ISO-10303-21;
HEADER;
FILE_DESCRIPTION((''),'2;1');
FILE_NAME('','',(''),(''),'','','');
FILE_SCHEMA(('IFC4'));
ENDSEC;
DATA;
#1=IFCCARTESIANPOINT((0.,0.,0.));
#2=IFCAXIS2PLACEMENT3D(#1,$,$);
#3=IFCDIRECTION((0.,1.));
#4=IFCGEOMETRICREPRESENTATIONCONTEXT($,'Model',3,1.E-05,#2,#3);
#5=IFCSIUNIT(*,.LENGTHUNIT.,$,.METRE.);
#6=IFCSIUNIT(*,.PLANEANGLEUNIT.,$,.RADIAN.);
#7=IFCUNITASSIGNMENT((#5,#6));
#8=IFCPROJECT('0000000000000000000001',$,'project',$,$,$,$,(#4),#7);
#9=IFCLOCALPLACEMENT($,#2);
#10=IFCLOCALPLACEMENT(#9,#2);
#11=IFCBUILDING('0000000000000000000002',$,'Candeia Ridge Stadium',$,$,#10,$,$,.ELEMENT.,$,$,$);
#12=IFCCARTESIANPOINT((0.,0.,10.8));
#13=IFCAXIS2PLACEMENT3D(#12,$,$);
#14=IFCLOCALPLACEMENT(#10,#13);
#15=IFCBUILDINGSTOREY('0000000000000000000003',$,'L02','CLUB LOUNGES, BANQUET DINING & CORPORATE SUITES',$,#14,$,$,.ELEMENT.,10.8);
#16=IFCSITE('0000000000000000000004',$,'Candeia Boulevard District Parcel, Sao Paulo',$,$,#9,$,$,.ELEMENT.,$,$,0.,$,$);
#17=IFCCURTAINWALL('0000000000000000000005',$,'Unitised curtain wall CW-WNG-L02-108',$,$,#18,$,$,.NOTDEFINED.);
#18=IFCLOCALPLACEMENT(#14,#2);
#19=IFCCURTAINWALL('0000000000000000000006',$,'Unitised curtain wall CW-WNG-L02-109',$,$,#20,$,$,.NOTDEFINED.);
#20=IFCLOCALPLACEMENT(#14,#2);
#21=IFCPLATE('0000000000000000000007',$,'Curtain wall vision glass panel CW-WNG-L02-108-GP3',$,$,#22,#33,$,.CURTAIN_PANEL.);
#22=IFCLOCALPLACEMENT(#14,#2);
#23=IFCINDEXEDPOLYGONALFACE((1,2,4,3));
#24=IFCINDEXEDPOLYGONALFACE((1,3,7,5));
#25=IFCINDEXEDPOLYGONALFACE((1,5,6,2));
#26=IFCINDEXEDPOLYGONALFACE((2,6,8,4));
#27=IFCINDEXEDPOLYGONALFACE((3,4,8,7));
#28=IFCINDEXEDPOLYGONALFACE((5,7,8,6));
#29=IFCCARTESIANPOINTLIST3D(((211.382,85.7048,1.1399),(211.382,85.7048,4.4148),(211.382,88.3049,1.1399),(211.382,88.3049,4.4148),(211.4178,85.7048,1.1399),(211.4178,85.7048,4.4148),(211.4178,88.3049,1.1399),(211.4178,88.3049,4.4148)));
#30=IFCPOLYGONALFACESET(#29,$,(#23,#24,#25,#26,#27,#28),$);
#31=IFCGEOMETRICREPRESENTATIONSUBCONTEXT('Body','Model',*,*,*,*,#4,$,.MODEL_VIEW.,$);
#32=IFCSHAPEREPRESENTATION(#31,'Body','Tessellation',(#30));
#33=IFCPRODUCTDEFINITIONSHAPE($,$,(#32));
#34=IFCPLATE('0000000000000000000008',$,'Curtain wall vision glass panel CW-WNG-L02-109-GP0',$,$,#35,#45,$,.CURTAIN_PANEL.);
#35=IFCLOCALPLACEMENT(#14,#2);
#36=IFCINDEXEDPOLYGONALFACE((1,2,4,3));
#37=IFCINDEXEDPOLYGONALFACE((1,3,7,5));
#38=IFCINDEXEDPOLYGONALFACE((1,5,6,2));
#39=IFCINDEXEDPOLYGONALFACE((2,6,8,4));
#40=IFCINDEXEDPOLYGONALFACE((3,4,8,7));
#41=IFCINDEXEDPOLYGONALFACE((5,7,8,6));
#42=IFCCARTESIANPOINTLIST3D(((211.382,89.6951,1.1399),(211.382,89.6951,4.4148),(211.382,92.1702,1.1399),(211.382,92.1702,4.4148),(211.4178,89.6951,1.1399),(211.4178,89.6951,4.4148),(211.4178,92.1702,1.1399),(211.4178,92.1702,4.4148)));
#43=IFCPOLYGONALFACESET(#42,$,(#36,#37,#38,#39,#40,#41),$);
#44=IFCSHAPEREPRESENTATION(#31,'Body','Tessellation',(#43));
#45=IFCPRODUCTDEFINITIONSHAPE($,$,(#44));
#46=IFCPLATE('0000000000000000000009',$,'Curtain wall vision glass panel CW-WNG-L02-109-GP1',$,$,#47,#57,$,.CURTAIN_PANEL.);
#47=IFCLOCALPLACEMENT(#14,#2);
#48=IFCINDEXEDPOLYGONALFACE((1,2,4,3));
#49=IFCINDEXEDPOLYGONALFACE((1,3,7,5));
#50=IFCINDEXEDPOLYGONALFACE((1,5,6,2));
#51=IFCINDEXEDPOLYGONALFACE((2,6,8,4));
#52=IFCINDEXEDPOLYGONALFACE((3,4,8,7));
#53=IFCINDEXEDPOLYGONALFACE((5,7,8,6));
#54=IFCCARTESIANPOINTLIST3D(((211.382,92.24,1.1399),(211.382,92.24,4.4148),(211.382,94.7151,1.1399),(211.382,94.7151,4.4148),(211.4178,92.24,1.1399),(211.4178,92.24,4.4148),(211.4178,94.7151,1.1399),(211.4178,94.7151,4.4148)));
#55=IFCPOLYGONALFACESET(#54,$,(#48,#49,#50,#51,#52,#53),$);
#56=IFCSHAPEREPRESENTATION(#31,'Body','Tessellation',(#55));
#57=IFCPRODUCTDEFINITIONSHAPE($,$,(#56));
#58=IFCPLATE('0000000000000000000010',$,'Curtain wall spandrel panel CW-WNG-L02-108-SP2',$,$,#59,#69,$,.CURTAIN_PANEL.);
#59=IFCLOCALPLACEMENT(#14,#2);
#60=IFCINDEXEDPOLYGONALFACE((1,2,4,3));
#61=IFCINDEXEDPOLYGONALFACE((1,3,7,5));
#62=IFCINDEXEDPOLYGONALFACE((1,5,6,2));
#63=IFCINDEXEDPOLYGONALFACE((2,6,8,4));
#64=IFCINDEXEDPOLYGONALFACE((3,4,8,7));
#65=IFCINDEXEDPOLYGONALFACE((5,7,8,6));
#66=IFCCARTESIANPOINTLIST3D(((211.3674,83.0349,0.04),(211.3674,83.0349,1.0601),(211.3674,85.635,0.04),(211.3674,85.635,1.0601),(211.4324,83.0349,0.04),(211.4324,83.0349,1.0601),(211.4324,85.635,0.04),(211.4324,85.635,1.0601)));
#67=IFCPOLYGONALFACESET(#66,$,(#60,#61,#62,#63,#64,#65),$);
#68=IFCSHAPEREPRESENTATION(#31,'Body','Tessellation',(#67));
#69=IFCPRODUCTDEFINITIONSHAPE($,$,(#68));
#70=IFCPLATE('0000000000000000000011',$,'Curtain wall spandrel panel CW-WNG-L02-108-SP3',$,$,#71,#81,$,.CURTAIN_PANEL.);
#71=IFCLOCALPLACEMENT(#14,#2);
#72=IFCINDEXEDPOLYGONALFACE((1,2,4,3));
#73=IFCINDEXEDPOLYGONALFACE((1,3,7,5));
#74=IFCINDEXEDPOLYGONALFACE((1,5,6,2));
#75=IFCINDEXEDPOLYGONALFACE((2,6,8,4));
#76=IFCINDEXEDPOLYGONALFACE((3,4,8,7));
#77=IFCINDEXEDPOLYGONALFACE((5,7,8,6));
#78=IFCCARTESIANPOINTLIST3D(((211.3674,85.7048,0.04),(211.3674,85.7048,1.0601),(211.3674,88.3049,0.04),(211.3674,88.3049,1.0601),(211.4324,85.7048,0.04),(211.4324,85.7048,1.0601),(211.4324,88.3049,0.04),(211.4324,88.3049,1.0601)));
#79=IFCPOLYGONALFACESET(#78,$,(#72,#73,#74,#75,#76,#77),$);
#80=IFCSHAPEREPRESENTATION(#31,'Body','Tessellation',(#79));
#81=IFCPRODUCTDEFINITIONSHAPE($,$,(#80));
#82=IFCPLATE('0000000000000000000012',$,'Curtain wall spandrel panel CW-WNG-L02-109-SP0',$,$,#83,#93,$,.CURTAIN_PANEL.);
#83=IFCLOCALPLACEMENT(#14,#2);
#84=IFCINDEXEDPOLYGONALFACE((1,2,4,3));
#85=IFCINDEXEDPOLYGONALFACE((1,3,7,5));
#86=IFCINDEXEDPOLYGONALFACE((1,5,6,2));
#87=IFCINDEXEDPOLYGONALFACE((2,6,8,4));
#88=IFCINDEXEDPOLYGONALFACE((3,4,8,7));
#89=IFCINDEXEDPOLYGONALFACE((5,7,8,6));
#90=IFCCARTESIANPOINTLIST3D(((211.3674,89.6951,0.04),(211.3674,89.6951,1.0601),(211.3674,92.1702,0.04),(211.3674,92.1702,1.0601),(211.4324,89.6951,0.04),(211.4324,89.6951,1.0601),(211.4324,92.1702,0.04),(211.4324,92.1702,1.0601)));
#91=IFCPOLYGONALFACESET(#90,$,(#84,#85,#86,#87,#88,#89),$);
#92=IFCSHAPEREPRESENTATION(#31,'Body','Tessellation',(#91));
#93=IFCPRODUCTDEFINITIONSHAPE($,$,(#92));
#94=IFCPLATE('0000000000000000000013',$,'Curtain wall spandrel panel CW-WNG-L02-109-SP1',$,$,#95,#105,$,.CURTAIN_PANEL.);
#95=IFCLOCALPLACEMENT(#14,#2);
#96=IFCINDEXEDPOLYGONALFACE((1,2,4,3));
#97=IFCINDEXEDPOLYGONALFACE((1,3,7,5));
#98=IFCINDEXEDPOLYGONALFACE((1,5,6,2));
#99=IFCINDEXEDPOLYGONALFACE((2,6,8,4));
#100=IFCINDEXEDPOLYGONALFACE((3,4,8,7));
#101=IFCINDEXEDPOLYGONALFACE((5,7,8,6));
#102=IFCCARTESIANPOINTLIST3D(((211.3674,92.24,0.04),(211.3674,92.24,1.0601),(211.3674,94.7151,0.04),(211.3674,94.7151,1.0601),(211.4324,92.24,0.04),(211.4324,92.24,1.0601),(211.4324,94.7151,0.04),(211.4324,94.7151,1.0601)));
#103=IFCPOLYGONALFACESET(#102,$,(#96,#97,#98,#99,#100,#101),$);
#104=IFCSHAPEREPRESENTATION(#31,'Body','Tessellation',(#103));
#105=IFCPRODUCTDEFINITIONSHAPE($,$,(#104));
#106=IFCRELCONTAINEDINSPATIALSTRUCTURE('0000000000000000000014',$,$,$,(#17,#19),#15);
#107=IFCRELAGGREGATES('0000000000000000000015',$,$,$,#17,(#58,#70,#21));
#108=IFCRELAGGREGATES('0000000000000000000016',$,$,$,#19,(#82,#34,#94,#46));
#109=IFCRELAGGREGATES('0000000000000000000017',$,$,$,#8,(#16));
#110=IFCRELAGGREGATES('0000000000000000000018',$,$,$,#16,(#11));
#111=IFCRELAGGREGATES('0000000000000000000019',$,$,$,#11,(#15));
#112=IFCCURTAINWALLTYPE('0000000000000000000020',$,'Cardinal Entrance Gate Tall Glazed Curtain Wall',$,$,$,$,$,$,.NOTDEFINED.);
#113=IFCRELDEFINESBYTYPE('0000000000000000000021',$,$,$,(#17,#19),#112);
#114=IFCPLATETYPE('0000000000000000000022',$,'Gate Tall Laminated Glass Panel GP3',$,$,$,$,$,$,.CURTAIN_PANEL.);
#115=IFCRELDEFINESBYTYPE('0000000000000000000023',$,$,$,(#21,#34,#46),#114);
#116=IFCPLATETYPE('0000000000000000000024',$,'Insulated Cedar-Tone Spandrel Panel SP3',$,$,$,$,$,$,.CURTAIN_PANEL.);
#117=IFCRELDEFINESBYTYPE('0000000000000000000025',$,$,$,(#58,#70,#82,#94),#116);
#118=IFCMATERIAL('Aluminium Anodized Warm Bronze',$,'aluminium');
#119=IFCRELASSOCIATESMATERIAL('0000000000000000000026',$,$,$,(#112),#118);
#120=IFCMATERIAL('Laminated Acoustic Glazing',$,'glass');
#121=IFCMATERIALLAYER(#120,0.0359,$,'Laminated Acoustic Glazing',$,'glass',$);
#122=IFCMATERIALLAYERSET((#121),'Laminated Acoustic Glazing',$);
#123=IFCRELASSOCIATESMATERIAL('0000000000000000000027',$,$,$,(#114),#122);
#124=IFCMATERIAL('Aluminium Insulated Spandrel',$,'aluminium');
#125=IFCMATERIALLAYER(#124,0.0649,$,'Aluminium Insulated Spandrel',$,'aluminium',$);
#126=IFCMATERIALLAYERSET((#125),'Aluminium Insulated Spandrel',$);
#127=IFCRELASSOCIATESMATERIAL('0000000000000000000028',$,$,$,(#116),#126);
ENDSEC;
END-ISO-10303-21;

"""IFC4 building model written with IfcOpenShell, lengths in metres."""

from ifc_helpers import new_model, si_unit, direction, frame, origin, origin_2d, place, context, subcontext, project, spatial, rectangle, extrude, material, layer, layer_set, type_object, element, aggregate, save


model = new_model("IFC4")

# Units and contexts
model_context = context("Model", 3, precision=1e-05, world=origin(), true_north=direction((0.0, 1.0)))
body_context = subcontext(model_context, "Body", "Model", "MODEL_VIEW")
ifc_project = project(units=[si_unit("LENGTHUNIT", "METRE"), si_unit("PLANEANGLEUNIT", "RADIAN")], contexts=[model_context])

# Site, building, storey
site_placement = place(None, origin())
site = spatial("IfcSite", under=ifc_project, at=site_placement, Name="Candeia Boulevard District Parcel, Sao Paulo", CompositionType="ELEMENT", RefElevation=0.0)
building_placement = place(site_placement, origin())
building = spatial("IfcBuilding", under=site, at=building_placement, Name="Candeia Ridge Stadium", CompositionType="ELEMENT")
storey_placement = place(building_placement, frame((0.0, 0.0, 10.8)))
storey = spatial("IfcBuildingStorey", under=building, at=storey_placement, Name="L02", Description="CLUB LOUNGES, BANQUET DINING & CORPORATE SUITES", CompositionType="ELEMENT", Elevation=10.8)

# Curtain walls
ifc_material_1 = material(Name="Aluminium Anodized Warm Bronze", Category="aluminium")
curtain_wall_type = type_object("IfcCurtainWallType", Name="Cardinal Entrance Gate Tall Glazed Curtain Wall", PredefinedType="NOTDEFINED", material=ifc_material_1)
curtain_wall_1_placement = place(storey_placement, origin())
curtain_wall_1 = element("IfcCurtainWall", 1, at=curtain_wall_1_placement, inside=storey, type_object=curtain_wall_type, Name="Unitised curtain wall CW-WNG-L02-108", PredefinedType="NOTDEFINED")
curtain_wall_2_placement = place(storey_placement, origin())
curtain_wall_2 = element("IfcCurtainWall", 2, at=curtain_wall_2_placement, inside=storey, type_object=curtain_wall_type, Name="Unitised curtain wall CW-WNG-L02-109", PredefinedType="NOTDEFINED")

# Plates
ifc_material_2 = material(Name="Laminated Acoustic Glazing", Category="glass")
ifc_layer_1 = layer(ifc_material_2, 0.0359, Name="Laminated Acoustic Glazing", Category="glass")
ifc_layer_set_1 = layer_set([ifc_layer_1], Name="Laminated Acoustic Glazing")
plate_type_1 = type_object("IfcPlateType", Name="Gate Tall Laminated Glass Panel GP3", PredefinedType="CURTAIN_PANEL", material=ifc_layer_set_1)
plate_1_placement = place(storey_placement, frame((211.3999, 87.0049, 1.1399), z_axis=(0.0, 0.0, 1.0), x_axis=(0.0, 1.0, 0.0)))
plate_1 = element("IfcPlate", 3, at=plate_1_placement, type_object=plate_type_1, Name="Curtain wall vision glass panel CW-WNG-L02-108-GP3", PredefinedType="CURTAIN_PANEL", context=body_context, shape_type="SweptSolid", body=[
    extrude(rectangle(XDim=2.6001, YDim=0.0359, at=origin_2d()), origin(), (0.0, 0.0, 1.0), 3.2749),
])
plate_2_placement = place(storey_placement, frame((211.3999, 90.9326, 1.1399), z_axis=(0.0, 0.0, 1.0), x_axis=(0.0, 1.0, 0.0)))
plate_2 = element("IfcPlate", 4, at=plate_2_placement, type_object=plate_type_1, Name="Curtain wall vision glass panel CW-WNG-L02-109-GP0", PredefinedType="CURTAIN_PANEL", context=body_context, shape_type="SweptSolid", body=[
    extrude(rectangle(XDim=2.4751, YDim=0.0359, at=origin_2d()), origin(), (0.0, 0.0, 1.0), 3.2749),
])
plate_3_placement = place(storey_placement, frame((211.3999, 93.4775, 1.1399), z_axis=(0.0, 0.0, 1.0), x_axis=(0.0, 1.0, 0.0)))
plate_3 = element("IfcPlate", 5, at=plate_3_placement, type_object=plate_type_1, Name="Curtain wall vision glass panel CW-WNG-L02-109-GP1", PredefinedType="CURTAIN_PANEL", context=body_context, shape_type="SweptSolid", body=[
    extrude(rectangle(XDim=2.4751, YDim=0.0359, at=origin_2d()), origin(), (0.0, 0.0, 1.0), 3.2749),
])
ifc_material_3 = material(Name="Aluminium Insulated Spandrel", Category="aluminium")
ifc_layer_2 = layer(ifc_material_3, 0.0649, Name="Aluminium Insulated Spandrel", Category="aluminium")
ifc_layer_set_2 = layer_set([ifc_layer_2], Name="Aluminium Insulated Spandrel")
plate_type_2 = type_object("IfcPlateType", Name="Insulated Cedar-Tone Spandrel Panel SP3", PredefinedType="CURTAIN_PANEL", material=ifc_layer_set_2)
plate_4_placement = place(storey_placement, frame((211.3999, 84.335, 0.04), z_axis=(0.0, 0.0, 1.0), x_axis=(0.0, 1.0, 0.0)))
plate_4 = element("IfcPlate", 6, at=plate_4_placement, type_object=plate_type_2, Name="Curtain wall spandrel panel CW-WNG-L02-108-SP2", PredefinedType="CURTAIN_PANEL", context=body_context, shape_type="SweptSolid", body=[
    extrude(rectangle(XDim=2.6001, YDim=0.0649, at=origin_2d()), origin(), (0.0, 0.0, 1.0), 1.02),
])
plate_5_placement = place(storey_placement, frame((211.3999, 87.0049, 0.04), z_axis=(0.0, 0.0, 1.0), x_axis=(0.0, 1.0, 0.0)))
plate_5 = element("IfcPlate", 7, at=plate_5_placement, type_object=plate_type_2, Name="Curtain wall spandrel panel CW-WNG-L02-108-SP3", PredefinedType="CURTAIN_PANEL", context=body_context, shape_type="SweptSolid", body=[
    extrude(rectangle(XDim=2.6001, YDim=0.0649, at=origin_2d()), origin(), (0.0, 0.0, 1.0), 1.02),
])
aggregate(curtain_wall_1, [plate_4, plate_5, plate_1])
plate_6_placement = place(storey_placement, frame((211.3999, 90.9326, 0.04), z_axis=(0.0, 0.0, 1.0), x_axis=(0.0, 1.0, 0.0)))
plate_6 = element("IfcPlate", 8, at=plate_6_placement, type_object=plate_type_2, Name="Curtain wall spandrel panel CW-WNG-L02-109-SP0", PredefinedType="CURTAIN_PANEL", context=body_context, shape_type="SweptSolid", body=[
    extrude(rectangle(XDim=2.4751, YDim=0.0649, at=origin_2d()), origin(), (0.0, 0.0, 1.0), 1.02),
])
plate_7_placement = place(storey_placement, frame((211.3999, 93.4775, 0.04), z_axis=(0.0, 0.0, 1.0), x_axis=(0.0, 1.0, 0.0)))
plate_7 = element("IfcPlate", 9, at=plate_7_placement, type_object=plate_type_2, Name="Curtain wall spandrel panel CW-WNG-L02-109-SP1", PredefinedType="CURTAIN_PANEL", context=body_context, shape_type="SweptSolid", body=[
    extrude(rectangle(XDim=2.4751, YDim=0.0649, at=origin_2d()), origin(), (0.0, 0.0, 1.0), 1.02),
])
aggregate(curtain_wall_2, [plate_6, plate_2, plate_7, plate_3])

save(model, "model.ifc")
